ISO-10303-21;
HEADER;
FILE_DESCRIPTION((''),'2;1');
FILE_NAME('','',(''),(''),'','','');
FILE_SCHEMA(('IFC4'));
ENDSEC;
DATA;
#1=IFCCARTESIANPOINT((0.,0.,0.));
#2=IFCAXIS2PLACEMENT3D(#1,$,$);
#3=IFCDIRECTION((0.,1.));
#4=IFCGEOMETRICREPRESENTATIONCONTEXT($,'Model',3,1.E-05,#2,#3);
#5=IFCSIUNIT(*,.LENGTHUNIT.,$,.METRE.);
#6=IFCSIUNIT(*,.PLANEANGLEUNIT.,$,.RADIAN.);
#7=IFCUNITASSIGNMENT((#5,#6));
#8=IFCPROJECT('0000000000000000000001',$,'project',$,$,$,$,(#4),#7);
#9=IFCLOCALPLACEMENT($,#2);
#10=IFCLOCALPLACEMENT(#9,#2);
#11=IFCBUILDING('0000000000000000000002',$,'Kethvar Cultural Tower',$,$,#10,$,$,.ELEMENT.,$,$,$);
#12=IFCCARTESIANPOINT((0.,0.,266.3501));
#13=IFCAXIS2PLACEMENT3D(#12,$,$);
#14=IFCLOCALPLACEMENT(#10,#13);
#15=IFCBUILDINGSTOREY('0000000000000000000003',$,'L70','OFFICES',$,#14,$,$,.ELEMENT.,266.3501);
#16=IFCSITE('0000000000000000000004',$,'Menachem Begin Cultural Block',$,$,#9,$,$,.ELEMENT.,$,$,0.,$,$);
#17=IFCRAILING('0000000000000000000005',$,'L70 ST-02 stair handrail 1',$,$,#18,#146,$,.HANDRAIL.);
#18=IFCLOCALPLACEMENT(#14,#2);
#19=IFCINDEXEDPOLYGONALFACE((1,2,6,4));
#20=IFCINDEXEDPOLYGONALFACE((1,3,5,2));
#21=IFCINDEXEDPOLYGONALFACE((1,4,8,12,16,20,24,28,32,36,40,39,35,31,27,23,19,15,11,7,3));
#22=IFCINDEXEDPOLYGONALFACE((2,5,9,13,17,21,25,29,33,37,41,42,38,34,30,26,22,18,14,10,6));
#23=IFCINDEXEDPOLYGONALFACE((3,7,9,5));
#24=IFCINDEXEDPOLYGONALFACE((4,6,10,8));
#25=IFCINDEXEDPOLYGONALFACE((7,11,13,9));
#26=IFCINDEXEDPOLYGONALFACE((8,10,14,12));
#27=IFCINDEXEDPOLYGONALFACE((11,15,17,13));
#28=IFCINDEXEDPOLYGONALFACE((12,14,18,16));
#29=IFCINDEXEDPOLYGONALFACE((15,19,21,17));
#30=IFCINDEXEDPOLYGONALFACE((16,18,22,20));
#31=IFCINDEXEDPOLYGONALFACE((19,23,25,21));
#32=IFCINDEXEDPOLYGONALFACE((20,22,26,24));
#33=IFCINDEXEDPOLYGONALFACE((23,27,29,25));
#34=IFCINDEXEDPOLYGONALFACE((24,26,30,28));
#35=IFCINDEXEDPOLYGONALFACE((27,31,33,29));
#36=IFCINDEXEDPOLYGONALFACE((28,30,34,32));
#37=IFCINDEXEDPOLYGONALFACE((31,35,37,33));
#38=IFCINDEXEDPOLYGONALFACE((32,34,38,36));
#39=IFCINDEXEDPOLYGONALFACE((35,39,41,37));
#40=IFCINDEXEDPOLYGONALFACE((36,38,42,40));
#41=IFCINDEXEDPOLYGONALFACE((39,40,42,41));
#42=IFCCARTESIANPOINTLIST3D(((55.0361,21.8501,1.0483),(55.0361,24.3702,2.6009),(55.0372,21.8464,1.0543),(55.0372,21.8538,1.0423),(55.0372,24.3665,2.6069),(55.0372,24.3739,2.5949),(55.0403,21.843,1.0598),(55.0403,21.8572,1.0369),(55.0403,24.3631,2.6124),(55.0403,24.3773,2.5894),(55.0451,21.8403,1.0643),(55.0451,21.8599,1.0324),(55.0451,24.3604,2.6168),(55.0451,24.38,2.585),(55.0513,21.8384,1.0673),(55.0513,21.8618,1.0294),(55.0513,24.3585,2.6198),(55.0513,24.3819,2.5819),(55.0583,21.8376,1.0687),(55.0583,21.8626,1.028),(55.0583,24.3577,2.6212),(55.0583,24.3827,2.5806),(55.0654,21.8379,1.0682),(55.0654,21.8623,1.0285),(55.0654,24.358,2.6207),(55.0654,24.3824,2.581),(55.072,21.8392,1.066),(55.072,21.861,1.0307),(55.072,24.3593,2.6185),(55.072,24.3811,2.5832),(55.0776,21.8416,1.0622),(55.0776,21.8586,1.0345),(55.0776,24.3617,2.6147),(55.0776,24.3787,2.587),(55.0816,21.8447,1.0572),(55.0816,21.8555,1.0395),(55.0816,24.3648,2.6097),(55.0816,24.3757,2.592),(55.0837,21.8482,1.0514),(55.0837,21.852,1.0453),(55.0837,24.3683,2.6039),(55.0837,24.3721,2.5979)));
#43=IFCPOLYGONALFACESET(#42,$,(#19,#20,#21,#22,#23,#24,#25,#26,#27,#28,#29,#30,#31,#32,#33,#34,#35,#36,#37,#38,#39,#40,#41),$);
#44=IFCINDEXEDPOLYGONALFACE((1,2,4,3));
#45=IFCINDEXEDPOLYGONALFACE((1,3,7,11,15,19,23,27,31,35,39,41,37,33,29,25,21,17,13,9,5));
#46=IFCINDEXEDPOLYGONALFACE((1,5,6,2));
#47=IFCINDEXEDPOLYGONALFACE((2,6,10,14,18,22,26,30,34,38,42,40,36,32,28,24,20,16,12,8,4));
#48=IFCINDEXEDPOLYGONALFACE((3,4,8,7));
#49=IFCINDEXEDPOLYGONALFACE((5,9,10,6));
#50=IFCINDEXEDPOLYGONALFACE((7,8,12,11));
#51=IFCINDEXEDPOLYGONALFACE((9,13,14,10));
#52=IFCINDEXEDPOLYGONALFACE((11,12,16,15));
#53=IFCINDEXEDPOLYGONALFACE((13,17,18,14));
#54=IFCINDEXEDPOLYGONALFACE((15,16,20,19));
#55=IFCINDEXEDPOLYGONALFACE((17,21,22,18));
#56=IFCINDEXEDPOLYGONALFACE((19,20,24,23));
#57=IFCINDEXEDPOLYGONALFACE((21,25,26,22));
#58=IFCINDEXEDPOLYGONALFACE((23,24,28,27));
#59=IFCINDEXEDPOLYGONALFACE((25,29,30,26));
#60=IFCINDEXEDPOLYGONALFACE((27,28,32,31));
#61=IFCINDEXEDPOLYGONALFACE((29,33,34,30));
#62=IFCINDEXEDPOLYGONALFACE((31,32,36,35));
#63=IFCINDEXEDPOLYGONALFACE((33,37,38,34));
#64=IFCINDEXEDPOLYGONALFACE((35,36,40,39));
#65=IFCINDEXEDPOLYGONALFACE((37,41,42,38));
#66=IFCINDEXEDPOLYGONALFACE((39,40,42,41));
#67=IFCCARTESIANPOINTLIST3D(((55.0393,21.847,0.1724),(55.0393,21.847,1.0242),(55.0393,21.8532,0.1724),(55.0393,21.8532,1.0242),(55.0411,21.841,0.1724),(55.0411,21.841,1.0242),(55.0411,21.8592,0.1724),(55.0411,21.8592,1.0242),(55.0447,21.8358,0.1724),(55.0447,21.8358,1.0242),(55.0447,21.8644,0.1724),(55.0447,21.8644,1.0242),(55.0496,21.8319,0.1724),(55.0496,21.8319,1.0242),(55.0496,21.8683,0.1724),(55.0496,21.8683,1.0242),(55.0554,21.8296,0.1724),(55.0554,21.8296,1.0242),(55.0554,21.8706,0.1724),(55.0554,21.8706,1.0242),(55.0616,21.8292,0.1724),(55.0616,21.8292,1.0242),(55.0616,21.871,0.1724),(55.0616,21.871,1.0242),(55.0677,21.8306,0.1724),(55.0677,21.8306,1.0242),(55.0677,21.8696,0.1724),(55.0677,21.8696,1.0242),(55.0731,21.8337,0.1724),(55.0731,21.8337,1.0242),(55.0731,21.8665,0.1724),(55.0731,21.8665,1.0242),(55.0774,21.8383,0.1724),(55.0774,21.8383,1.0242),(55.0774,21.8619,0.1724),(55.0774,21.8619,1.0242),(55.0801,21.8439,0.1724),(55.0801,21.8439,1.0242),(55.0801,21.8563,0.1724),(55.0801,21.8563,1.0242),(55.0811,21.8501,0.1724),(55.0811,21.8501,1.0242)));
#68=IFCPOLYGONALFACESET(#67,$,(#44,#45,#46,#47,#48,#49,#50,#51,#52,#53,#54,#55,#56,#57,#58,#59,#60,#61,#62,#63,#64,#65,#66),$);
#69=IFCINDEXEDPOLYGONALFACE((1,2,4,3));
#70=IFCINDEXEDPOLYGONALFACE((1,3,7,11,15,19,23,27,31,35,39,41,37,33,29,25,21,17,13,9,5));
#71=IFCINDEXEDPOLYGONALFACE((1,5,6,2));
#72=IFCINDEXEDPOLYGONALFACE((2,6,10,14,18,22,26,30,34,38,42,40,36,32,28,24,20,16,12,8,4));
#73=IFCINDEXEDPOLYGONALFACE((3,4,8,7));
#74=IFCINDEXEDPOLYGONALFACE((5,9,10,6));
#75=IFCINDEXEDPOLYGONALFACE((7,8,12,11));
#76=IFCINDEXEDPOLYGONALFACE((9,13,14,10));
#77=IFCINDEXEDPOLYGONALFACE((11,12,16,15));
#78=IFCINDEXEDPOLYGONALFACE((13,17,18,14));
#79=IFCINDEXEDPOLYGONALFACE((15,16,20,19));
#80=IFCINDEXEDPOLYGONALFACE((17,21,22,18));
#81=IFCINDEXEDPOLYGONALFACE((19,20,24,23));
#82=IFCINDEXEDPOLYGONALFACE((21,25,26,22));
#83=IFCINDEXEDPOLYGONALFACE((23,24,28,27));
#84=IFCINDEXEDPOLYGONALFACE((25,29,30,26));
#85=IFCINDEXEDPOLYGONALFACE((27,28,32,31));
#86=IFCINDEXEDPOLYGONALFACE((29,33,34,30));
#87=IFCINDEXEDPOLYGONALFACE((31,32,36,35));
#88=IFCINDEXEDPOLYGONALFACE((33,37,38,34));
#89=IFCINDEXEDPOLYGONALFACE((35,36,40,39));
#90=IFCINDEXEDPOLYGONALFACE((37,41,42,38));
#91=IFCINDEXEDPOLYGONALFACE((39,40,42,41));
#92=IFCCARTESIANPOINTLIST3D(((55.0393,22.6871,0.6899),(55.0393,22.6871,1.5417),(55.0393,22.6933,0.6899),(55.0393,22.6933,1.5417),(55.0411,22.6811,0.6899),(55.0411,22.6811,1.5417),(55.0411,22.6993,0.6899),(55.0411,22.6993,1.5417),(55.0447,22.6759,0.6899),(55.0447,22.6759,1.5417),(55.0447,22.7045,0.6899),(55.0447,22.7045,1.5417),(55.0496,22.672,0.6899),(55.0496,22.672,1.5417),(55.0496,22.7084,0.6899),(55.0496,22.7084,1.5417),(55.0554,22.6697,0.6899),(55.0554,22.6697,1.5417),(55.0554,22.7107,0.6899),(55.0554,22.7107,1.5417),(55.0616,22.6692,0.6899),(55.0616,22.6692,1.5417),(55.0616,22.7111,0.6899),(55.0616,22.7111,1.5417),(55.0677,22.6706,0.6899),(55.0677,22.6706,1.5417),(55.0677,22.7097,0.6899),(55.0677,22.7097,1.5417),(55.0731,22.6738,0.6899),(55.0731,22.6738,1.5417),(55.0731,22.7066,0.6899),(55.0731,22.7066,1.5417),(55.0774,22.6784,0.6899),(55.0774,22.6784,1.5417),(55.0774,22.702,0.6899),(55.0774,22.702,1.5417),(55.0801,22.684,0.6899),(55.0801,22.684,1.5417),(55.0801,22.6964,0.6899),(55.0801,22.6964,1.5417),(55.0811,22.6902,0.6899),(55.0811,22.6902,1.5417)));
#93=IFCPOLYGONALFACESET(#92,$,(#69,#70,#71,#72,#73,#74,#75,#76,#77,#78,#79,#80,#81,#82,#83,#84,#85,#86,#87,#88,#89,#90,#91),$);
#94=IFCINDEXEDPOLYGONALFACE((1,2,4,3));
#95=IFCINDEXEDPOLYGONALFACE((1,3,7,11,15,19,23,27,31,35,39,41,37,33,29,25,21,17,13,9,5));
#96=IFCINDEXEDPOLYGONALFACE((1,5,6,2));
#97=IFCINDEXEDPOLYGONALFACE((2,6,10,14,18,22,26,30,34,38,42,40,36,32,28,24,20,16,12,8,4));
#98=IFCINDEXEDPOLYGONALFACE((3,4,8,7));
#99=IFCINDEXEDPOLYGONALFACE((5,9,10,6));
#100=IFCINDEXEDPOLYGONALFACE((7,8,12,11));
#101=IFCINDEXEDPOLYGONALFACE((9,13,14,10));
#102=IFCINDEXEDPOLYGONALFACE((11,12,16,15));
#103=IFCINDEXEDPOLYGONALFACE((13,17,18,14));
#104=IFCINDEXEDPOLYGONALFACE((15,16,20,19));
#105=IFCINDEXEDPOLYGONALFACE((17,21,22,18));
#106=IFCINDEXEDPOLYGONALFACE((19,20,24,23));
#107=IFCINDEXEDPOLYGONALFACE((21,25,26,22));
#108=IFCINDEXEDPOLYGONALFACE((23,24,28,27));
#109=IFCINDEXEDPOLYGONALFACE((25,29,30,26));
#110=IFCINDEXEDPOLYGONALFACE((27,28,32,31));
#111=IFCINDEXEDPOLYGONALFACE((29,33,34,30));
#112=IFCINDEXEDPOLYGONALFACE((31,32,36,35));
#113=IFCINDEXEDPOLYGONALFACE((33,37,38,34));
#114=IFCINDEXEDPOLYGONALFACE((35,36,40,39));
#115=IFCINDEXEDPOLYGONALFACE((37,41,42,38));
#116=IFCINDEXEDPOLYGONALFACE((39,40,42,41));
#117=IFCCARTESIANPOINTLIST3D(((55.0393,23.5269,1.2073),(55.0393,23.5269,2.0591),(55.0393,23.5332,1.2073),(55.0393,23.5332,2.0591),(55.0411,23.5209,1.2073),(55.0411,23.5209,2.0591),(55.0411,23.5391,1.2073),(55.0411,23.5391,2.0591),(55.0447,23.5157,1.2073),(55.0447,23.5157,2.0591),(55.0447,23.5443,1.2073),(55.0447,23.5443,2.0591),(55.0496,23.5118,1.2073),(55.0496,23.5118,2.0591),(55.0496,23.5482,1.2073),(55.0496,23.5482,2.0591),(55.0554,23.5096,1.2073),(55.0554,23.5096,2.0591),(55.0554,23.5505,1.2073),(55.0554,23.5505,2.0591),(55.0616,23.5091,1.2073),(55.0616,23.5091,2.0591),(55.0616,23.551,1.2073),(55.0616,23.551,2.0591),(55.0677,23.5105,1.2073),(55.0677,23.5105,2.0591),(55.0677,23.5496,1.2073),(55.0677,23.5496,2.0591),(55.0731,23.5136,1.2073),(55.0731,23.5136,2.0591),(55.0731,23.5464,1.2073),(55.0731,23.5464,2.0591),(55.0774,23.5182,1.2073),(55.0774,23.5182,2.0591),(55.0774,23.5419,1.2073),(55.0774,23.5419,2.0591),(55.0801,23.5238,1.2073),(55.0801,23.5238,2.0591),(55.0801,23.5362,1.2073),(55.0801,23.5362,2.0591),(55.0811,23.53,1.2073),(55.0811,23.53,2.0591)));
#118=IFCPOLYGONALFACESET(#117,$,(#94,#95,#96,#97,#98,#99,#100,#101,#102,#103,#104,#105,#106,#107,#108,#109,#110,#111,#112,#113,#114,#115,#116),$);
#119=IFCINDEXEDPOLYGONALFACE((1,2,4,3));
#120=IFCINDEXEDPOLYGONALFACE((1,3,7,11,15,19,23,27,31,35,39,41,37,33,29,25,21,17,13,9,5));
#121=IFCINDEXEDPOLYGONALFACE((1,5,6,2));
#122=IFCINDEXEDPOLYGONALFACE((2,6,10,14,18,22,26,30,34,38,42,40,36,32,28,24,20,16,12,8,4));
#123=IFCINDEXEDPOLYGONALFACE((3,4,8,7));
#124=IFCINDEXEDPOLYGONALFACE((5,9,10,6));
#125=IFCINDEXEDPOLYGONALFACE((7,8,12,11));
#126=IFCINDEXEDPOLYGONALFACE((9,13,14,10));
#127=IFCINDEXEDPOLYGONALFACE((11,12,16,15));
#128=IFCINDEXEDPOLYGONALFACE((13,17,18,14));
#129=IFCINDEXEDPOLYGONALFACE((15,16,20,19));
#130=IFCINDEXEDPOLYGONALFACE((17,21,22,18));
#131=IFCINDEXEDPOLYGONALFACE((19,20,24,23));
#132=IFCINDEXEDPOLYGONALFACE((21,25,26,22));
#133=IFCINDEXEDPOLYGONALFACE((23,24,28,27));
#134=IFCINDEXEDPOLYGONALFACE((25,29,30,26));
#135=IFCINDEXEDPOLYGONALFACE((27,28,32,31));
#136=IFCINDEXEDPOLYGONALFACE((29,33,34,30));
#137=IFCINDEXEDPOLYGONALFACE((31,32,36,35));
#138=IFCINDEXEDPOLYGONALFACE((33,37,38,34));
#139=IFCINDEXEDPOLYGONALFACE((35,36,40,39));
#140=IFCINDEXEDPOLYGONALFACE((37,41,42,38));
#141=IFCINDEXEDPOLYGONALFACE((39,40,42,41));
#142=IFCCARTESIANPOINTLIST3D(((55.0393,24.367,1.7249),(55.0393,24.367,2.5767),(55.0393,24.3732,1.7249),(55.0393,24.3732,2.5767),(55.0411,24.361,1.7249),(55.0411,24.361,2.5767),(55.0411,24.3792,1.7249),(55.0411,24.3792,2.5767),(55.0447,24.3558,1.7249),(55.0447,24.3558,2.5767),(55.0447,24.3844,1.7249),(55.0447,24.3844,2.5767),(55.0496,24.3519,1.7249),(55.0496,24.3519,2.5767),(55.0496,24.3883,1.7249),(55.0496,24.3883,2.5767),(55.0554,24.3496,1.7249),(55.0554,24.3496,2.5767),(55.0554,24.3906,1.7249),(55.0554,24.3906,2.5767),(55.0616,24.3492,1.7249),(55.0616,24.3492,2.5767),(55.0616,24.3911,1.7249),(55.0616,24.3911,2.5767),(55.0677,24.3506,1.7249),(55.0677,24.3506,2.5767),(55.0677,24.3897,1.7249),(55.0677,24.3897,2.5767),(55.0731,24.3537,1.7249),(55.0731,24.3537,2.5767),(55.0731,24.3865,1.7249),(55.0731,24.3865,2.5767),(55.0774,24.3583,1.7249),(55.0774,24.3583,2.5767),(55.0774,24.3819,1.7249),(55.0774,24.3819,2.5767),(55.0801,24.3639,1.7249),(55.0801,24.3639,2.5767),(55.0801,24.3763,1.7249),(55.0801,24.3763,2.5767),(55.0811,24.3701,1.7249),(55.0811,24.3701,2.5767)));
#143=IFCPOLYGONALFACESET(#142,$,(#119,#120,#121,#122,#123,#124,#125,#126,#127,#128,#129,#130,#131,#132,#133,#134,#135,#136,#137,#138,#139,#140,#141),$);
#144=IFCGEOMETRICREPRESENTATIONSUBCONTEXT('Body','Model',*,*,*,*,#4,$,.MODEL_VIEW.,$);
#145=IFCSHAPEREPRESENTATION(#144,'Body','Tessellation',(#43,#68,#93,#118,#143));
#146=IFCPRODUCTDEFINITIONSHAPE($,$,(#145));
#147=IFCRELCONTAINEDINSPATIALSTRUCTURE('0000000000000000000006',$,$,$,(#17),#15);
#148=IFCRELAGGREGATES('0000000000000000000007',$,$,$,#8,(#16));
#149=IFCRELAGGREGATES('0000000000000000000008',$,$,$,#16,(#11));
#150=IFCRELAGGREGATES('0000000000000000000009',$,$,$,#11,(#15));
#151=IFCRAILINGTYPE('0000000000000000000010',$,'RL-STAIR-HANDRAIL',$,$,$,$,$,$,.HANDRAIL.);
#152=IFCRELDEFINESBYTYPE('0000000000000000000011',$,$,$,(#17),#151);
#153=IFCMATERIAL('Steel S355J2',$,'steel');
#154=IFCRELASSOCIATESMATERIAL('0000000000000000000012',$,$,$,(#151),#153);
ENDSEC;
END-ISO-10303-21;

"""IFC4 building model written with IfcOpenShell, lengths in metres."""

from ifc_helpers import new_model, si_unit, direction, frame, origin, origin_2d, place, context, subcontext, project, spatial, circle, extrude, material, type_object, element, save


model = new_model("IFC4")

# Units and contexts
model_context = context("Model", 3, precision=1e-05, world=origin(), true_north=direction((0.0, 1.0)))
body_context = subcontext(model_context, "Body", "Model", "MODEL_VIEW")
ifc_project = project(units=[si_unit("LENGTHUNIT", "METRE"), si_unit("PLANEANGLEUNIT", "RADIAN")], contexts=[model_context])

# Site, building, storey
site_placement = place(None, origin())
site = spatial("IfcSite", under=ifc_project, at=site_placement, Name="Menachem Begin Cultural Block", CompositionType="ELEMENT", RefElevation=0.0)
building_placement = place(site_placement, origin())
building = spatial("IfcBuilding", under=site, at=building_placement, Name="Kethvar Cultural Tower", CompositionType="ELEMENT")
storey_placement = place(building_placement, frame((0.0, 0.0, 266.3501)))
storey = spatial("IfcBuildingStorey", under=building, at=storey_placement, Name="L70", Description="OFFICES", CompositionType="ELEMENT", Elevation=266.3501)

# Shared definitions
ifc_material_1 = material(Name="Steel S355J2", Category="steel")

# Railing
railing_type_1 = type_object("IfcRailingType", Name="RL-STAIR-HANDRAIL", PredefinedType="HANDRAIL", material=ifc_material_1)
railing_1_placement = place(storey_placement, frame((55.0601, 21.8501, 0.1724)))
element("IfcRailing", 1, at=railing_1_placement, inside=storey, type_object=railing_type_1, Name="L70 ST-02 stair handrail 1", PredefinedType="HANDRAIL", context=body_context, shape_type="SweptSolid", body=[
    extrude(circle(Radius=0.0239, at=origin_2d()), frame((0.0, 0.0, 0.876), z_axis=(0.0, 0.8514, 0.524516), x_axis=(-1.0, 0.0, 0.0)), (0.0, 0.0, 1.0), 2.96),
    extrude(circle(Radius=0.021, at=origin_2d()), origin(), (0.0, 0.0, 1.0), 0.8518),
    extrude(circle(Radius=0.021, at=origin_2d()), frame((0.0, 0.8401, 0.5176)), (0.0, 0.0, 1.0), 0.8518),
    extrude(circle(Radius=0.021, at=origin_2d()), frame((0.0, 1.6799, 1.0349)), (0.0, 0.0, 1.0), 0.8518),
    extrude(circle(Radius=0.021, at=origin_2d()), frame((0.0, 2.52, 1.5525)), (0.0, 0.0, 1.0), 0.8518),
])

save(model, "model.ifc")
